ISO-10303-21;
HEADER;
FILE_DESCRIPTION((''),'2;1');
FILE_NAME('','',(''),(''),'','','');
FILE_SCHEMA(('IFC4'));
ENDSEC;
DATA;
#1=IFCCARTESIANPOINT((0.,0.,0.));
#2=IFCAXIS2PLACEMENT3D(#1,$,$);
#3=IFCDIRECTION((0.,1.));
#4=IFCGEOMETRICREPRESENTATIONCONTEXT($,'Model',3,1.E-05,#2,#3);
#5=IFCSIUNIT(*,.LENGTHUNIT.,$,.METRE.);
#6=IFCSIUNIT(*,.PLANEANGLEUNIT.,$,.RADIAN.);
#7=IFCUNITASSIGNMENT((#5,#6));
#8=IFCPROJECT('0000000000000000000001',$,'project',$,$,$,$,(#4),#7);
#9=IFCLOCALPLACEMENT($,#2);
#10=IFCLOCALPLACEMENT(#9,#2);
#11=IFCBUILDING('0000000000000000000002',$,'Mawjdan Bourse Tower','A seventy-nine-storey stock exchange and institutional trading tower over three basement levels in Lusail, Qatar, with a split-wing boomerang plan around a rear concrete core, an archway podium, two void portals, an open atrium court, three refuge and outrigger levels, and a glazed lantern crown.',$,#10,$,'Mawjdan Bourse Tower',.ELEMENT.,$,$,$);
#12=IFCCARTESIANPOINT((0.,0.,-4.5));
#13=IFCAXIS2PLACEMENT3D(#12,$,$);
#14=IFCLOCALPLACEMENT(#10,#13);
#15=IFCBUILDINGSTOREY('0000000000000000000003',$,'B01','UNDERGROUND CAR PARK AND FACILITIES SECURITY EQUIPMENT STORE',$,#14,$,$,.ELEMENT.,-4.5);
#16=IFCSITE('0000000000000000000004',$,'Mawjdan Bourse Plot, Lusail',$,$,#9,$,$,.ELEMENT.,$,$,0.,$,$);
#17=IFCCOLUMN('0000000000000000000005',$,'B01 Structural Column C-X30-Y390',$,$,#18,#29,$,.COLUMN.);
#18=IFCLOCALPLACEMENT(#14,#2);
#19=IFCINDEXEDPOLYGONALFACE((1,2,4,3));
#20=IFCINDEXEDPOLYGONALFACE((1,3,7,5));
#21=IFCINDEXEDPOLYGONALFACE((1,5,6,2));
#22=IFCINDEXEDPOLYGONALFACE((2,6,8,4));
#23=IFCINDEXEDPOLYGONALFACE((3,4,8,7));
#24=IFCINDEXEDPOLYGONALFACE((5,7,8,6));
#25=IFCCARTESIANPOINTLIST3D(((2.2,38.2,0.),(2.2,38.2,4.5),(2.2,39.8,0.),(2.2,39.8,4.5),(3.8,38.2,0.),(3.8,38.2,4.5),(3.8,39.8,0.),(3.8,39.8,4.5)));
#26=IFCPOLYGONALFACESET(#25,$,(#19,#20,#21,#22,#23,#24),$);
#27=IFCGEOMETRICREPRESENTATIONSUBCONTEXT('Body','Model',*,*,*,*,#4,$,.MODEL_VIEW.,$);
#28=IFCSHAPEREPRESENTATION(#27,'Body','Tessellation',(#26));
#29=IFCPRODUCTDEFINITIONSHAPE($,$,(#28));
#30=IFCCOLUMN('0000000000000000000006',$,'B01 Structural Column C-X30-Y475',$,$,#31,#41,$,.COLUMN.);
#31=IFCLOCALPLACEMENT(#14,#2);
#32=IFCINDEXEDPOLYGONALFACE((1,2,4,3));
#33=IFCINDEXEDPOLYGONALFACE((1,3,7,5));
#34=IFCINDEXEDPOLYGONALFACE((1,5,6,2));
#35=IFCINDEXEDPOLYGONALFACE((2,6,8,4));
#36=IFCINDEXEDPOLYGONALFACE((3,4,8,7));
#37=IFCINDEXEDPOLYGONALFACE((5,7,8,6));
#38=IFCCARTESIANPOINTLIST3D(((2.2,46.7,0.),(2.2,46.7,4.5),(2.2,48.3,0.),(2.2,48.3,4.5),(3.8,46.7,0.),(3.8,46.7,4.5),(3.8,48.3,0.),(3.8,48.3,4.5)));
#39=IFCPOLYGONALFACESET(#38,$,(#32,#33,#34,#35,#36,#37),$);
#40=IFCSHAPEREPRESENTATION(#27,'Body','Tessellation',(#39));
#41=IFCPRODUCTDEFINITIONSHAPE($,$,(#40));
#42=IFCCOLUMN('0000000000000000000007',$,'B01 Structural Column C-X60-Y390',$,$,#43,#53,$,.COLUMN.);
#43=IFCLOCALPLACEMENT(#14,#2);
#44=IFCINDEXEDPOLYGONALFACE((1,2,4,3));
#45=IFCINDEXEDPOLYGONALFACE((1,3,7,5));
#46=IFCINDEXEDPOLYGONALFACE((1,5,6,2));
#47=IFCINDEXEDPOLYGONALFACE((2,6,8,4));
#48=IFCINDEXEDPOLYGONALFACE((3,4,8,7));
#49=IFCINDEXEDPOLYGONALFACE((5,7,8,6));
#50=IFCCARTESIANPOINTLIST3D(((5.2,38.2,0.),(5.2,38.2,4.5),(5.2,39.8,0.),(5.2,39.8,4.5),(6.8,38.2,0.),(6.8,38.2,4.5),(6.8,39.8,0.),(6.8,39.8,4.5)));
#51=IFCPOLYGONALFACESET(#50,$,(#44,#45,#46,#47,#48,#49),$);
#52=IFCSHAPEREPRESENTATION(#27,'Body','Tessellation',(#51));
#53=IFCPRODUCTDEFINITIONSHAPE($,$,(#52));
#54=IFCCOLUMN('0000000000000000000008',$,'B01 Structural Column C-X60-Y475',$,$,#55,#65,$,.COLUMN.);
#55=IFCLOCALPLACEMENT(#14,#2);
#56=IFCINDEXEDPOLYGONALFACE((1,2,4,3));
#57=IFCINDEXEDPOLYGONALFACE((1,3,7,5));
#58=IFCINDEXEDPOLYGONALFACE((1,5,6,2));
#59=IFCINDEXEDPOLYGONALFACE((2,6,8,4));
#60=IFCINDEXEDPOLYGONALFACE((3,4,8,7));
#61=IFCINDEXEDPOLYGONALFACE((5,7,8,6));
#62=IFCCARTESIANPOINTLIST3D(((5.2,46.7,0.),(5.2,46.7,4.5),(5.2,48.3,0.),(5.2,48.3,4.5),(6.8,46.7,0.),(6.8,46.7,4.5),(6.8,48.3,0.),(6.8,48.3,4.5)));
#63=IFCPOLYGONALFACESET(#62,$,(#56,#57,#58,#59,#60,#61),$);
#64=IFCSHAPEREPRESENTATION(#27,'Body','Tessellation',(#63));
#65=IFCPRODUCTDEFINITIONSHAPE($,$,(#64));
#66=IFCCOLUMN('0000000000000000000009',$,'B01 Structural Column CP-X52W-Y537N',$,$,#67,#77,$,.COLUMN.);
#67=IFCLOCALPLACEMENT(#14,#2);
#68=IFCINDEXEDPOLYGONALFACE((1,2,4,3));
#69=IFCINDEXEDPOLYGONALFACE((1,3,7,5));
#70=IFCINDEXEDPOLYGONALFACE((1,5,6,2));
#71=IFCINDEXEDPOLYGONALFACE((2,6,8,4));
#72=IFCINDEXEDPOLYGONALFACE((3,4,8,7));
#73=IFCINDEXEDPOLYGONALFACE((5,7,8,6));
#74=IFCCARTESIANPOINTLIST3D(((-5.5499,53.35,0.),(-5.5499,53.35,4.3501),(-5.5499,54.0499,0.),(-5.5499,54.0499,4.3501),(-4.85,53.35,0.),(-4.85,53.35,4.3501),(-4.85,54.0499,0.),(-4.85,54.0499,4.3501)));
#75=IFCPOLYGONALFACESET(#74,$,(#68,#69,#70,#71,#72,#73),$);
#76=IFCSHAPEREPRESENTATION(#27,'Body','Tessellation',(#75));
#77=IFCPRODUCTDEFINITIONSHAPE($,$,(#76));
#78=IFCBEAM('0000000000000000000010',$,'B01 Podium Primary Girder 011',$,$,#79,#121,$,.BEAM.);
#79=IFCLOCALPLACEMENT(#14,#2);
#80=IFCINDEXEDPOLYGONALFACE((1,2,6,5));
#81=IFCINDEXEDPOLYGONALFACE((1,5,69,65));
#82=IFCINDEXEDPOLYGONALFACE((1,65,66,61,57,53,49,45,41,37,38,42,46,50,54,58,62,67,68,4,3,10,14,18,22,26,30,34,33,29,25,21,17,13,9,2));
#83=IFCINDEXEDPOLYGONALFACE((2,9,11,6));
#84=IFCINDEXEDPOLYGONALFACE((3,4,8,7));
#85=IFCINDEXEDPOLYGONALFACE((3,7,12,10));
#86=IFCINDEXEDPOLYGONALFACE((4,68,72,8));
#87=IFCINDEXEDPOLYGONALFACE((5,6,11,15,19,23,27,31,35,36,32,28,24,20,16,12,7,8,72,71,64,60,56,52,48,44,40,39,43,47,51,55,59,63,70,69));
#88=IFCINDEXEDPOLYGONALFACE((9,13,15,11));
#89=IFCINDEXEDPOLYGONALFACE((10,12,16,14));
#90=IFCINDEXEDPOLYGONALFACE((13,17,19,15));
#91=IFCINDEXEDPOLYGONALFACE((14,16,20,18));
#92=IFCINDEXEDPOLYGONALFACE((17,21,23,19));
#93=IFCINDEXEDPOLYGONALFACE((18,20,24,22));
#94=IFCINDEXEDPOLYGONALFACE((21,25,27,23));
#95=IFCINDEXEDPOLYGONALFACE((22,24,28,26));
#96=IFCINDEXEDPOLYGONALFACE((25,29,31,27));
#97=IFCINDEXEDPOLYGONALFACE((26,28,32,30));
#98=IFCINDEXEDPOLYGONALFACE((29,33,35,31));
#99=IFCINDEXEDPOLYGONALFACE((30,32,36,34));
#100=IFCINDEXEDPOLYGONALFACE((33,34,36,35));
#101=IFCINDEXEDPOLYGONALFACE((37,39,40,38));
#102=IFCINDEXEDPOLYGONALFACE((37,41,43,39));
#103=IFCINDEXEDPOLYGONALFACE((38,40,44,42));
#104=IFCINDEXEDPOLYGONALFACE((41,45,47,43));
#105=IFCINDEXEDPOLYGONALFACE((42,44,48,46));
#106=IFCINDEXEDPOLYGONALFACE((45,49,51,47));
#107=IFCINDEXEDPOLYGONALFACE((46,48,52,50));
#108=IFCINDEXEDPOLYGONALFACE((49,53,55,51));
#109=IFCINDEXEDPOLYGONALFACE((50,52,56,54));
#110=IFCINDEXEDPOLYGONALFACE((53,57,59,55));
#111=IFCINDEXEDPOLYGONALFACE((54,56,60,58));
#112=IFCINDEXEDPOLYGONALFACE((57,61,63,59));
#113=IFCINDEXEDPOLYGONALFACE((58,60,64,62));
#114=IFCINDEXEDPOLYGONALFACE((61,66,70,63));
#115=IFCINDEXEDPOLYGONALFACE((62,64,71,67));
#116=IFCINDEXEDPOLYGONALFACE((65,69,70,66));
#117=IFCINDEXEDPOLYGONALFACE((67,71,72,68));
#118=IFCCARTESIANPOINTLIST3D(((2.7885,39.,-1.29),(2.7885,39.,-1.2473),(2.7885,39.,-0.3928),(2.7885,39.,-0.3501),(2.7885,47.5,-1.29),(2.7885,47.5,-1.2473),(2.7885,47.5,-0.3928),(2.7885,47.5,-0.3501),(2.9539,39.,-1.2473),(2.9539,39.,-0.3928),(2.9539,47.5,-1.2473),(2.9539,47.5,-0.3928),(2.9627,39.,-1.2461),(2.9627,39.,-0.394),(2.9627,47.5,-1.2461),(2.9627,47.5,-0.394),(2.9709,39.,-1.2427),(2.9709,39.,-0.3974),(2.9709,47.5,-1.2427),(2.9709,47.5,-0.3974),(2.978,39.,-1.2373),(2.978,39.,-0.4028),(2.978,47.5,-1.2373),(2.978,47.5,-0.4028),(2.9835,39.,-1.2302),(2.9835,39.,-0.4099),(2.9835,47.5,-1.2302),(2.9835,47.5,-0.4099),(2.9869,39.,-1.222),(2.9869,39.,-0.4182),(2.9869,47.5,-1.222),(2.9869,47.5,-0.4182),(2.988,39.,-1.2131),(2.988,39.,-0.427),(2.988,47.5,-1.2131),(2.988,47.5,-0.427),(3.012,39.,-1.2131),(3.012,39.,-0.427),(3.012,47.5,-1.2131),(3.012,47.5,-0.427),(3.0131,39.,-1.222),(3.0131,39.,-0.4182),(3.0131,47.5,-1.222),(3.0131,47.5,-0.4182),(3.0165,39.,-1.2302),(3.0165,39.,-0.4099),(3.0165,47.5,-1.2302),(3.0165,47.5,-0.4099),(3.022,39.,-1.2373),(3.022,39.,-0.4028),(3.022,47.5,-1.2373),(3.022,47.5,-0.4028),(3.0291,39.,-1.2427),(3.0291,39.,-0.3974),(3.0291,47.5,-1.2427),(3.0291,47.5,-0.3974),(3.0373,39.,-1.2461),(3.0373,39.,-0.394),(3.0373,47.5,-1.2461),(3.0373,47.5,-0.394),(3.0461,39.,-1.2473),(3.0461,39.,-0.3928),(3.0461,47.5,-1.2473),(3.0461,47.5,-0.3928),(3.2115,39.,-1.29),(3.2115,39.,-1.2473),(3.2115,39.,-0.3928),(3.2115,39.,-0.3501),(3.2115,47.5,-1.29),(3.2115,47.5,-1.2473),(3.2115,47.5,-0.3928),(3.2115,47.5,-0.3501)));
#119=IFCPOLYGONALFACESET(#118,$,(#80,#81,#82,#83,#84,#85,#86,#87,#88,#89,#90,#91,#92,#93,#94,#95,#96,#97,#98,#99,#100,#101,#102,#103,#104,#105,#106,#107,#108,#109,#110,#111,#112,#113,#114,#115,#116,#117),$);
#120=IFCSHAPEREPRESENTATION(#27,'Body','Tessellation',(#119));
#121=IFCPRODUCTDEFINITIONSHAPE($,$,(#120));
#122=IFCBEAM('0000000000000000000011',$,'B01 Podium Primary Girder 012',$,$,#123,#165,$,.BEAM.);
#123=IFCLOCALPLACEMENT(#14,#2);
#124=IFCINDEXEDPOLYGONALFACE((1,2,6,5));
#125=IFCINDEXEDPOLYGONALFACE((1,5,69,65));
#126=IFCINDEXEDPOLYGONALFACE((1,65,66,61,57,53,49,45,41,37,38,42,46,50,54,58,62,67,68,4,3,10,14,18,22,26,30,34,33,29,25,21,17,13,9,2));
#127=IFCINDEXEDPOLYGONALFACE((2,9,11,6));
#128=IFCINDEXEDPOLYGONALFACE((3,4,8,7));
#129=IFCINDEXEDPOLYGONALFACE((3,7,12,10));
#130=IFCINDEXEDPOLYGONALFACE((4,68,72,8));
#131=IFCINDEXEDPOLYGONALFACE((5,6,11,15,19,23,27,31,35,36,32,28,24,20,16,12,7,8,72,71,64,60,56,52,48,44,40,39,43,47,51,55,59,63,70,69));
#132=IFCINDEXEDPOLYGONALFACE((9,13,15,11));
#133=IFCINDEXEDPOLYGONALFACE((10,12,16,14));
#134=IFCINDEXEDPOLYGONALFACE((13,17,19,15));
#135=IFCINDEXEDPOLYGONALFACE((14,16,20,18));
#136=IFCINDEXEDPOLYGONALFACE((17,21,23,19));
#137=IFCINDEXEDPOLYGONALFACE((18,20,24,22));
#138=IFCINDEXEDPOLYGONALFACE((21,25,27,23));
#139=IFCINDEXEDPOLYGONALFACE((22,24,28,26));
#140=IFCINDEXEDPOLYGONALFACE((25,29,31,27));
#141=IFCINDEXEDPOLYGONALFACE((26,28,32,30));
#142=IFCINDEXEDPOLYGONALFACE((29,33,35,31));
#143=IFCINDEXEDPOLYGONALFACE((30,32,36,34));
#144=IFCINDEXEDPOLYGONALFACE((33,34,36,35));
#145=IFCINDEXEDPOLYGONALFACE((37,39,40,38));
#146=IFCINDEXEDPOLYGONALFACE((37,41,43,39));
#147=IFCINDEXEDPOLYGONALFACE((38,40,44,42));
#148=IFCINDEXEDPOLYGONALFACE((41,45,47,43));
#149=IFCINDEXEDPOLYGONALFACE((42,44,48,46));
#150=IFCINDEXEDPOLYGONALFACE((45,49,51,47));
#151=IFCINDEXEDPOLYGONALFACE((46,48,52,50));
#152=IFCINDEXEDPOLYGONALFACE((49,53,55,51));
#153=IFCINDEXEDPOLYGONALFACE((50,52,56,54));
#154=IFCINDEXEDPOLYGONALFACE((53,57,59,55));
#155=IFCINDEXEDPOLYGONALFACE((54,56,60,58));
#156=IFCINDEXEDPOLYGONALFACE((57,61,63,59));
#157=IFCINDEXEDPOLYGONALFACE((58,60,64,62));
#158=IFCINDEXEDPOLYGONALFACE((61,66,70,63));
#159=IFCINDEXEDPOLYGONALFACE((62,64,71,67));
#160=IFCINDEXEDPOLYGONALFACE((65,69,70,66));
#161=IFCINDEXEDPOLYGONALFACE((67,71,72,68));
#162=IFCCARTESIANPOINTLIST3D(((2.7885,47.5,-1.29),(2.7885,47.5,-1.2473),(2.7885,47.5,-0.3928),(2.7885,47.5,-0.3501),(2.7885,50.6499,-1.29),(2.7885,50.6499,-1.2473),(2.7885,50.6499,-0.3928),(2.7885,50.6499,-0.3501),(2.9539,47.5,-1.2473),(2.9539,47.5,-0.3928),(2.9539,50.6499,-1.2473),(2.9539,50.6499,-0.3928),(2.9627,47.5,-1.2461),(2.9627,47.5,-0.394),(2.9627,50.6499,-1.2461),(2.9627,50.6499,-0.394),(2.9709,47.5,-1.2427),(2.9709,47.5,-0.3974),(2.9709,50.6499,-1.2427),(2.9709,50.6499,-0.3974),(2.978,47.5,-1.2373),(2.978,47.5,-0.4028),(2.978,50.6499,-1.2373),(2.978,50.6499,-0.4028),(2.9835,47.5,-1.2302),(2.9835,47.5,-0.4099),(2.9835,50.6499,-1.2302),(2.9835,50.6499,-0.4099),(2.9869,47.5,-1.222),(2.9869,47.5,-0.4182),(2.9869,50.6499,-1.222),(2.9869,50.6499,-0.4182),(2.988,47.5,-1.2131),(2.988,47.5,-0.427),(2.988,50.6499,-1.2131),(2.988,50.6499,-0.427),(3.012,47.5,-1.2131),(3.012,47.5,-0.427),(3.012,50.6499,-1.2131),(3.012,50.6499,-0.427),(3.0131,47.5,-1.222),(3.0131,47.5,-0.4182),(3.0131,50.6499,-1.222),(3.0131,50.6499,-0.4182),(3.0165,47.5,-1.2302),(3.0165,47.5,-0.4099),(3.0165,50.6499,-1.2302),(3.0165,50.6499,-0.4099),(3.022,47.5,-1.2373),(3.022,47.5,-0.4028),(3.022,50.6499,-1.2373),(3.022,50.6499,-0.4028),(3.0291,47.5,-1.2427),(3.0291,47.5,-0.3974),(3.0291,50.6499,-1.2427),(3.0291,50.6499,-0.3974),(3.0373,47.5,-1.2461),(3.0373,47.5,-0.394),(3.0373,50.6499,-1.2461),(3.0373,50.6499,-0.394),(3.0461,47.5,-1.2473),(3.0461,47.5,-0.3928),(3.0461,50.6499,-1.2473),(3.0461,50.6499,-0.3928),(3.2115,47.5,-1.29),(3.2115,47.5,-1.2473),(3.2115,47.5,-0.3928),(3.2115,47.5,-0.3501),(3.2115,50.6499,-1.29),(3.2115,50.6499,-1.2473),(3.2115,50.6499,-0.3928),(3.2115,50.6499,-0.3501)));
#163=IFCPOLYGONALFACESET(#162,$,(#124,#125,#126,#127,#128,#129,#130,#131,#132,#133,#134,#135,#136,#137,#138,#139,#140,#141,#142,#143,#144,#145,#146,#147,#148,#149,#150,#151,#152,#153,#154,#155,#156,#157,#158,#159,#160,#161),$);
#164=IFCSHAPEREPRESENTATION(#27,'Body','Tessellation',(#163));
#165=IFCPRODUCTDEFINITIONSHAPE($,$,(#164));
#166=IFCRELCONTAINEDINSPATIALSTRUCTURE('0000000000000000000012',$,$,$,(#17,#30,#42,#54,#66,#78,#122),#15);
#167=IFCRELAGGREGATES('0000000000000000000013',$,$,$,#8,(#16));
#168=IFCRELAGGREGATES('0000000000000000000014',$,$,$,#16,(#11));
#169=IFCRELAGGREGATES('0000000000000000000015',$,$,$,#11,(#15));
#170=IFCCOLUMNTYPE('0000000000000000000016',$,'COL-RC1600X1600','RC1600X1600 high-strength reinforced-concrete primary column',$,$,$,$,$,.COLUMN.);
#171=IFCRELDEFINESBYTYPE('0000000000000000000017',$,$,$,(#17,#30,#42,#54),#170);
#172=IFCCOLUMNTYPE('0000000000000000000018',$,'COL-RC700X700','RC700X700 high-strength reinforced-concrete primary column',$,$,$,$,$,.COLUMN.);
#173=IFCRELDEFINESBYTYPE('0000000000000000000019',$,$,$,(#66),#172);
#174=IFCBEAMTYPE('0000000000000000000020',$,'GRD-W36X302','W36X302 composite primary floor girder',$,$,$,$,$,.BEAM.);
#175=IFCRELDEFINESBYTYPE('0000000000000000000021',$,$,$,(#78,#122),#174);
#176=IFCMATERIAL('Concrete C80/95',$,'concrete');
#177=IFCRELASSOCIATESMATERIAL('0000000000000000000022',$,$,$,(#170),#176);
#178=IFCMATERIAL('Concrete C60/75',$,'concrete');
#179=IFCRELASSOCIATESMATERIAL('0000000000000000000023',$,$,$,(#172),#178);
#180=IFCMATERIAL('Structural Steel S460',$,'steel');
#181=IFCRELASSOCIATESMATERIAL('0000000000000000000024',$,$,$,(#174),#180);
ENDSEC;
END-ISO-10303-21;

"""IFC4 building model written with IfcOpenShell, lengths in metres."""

from ifc_helpers import new_model, si_unit, direction, frame, origin, origin_2d, place, context, subcontext, project, spatial, rectangle, i_section, extrude, material, material_profile, profile_set, type_object, element, save


model = new_model("IFC4")

# Units and contexts
model_context = context("Model", 3, precision=1e-05, world=origin(), true_north=direction((0.0, 1.0)))
body_context = subcontext(model_context, "Body", "Model", "MODEL_VIEW")
ifc_project = project(units=[si_unit("LENGTHUNIT", "METRE"), si_unit("PLANEANGLEUNIT", "RADIAN")], contexts=[model_context])

# Site, building, storey
site_placement = place(None, origin())
site = spatial("IfcSite", under=ifc_project, at=site_placement, Name="Mawjdan Bourse Plot, Lusail", CompositionType="ELEMENT", RefElevation=0.0)
building_placement = place(site_placement, origin())
building = spatial("IfcBuilding", under=site, at=building_placement, Name="Mawjdan Bourse Tower", Description="A seventy-nine-storey stock exchange and institutional trading tower over three basement levels in Lusail, Qatar, with a split-wing boomerang plan around a rear concrete core, an archway podium, two void portals, an open atrium court, three refuge and outrigger levels, and a glazed lantern crown.", LongName="Mawjdan Bourse Tower", CompositionType="ELEMENT")
storey_placement = place(building_placement, frame((0.0, 0.0, -4.5)))
storey = spatial("IfcBuildingStorey", under=building, at=storey_placement, Name="B01", Description="UNDERGROUND CAR PARK AND FACILITIES SECURITY EQUIPMENT STORE", CompositionType="ELEMENT", Elevation=-4.5)

# Columns
ifc_material_1 = material(Name="Concrete C80/95", Category="concrete")
ifc_material_profile_1 = material_profile(ifc_material_1, rectangle(XDim=1.6001, YDim=1.6001, at=origin_2d()), Name="RC1600X1600")
ifc_profile_set_1 = profile_set([ifc_material_profile_1], Name="Concrete C80/95")
column_type_1 = type_object("IfcColumnType", Name="COL-RC1600X1600", Description="RC1600X1600 high-strength reinforced-concrete primary column", PredefinedType="COLUMN", material=ifc_profile_set_1)
for number, where, z_axis, x_axis, name in (
    (1, (3.0, 39.0, 0.0), (0.0, 0.0, 1.0), (1.0, 0.0, 0.0), "B01 Structural Column C-X30-Y390"),
    (2, (3.0, 47.5, 0.0), (0.0, 0.0, 1.0), (1.0, 0.0, 0.0), "B01 Structural Column C-X30-Y475"),
    (3, (6.0, 39.0, 0.0), (0.0, 0.0, 1.0), (1.0, 0.0, 0.0), "B01 Structural Column C-X60-Y390"),
    (4, (6.0, 47.5, 0.0), (0.0, 0.0, 1.0), (1.0, 0.0, 0.0), "B01 Structural Column C-X60-Y475"),
):
    element("IfcColumn", number, at=place(storey_placement, frame(where, z_axis=z_axis, x_axis=x_axis)), inside=storey, type_object=column_type_1, Name=name, PredefinedType="COLUMN", context=body_context, shape_type="SweptSolid", body=[
        extrude(rectangle(XDim=1.6001, YDim=1.6001, at=origin_2d()), origin(), (0.0, 0.0, 1.0), 4.5),
    ])
ifc_material_2 = material(Name="Concrete C60/75", Category="concrete")
ifc_material_profile_2 = material_profile(ifc_material_2, rectangle(XDim=0.7, YDim=0.7, at=origin_2d()), Name="RC700X700")
ifc_profile_set_2 = profile_set([ifc_material_profile_2], Name="Concrete C60/75")
column_type_2 = type_object("IfcColumnType", Name="COL-RC700X700", Description="RC700X700 high-strength reinforced-concrete primary column", PredefinedType="COLUMN", material=ifc_profile_set_2)
column_placement = place(storey_placement, frame((-5.2, 53.7, 0.0), z_axis=(0.0, 0.0, 1.0), x_axis=(1.0, 0.0, 0.0)))
element("IfcColumn", 5, at=column_placement, inside=storey, type_object=column_type_2, Name="B01 Structural Column CP-X52W-Y537N", PredefinedType="COLUMN", context=body_context, shape_type="SweptSolid", body=[
    extrude(rectangle(XDim=0.7, YDim=0.7, at=origin_2d()), origin(), (0.0, 0.0, 1.0), 4.3501),
])

# Beams
ifc_material_3 = material(Name="Structural Steel S460", Category="steel")
ifc_material_profile_3 = material_profile(ifc_material_3, i_section(OverallWidth=0.4231, OverallDepth=0.9399, WebThickness=0.0239, FlangeThickness=0.0427, FilletRadius=0.0342, at=origin_2d()), Name="W36X302")
ifc_profile_set_3 = profile_set([ifc_material_profile_3], Name="Structural Steel S460")
beam_type_1 = type_object("IfcBeamType", Name="GRD-W36X302", Description="W36X302 composite primary floor girder", PredefinedType="BEAM", material=ifc_profile_set_3)
beam_1_placement = place(storey_placement, frame((3.0, 39.0, -0.8201), z_axis=(0.0, 1.0, 0.0), x_axis=(-1.0, 0.0, 0.0)))
element("IfcBeam", 6, at=beam_1_placement, inside=storey, type_object=beam_type_1, Name="B01 Podium Primary Girder 011", PredefinedType="BEAM", context=body_context, shape_type="SweptSolid", body=[
    extrude(i_section(OverallWidth=0.4231, OverallDepth=0.9399, WebThickness=0.0239, FlangeThickness=0.0427, FilletRadius=0.0342, at=origin_2d()), origin(), (0.0, 0.0, 1.0), 8.5),
])
beam_2_placement = place(storey_placement, frame((3.0, 47.5, -0.8201), z_axis=(0.0, 1.0, 0.0), x_axis=(-1.0, 0.0, 0.0)))
element("IfcBeam", 7, at=beam_2_placement, inside=storey, type_object=beam_type_1, Name="B01 Podium Primary Girder 012", PredefinedType="BEAM", context=body_context, shape_type="SweptSolid", body=[
    extrude(i_section(OverallWidth=0.4231, OverallDepth=0.9399, WebThickness=0.0239, FlangeThickness=0.0427, FilletRadius=0.0342, at=origin_2d()), origin(), (0.0, 0.0, 1.0), 3.1499),
])

save(model, "model.ifc")
